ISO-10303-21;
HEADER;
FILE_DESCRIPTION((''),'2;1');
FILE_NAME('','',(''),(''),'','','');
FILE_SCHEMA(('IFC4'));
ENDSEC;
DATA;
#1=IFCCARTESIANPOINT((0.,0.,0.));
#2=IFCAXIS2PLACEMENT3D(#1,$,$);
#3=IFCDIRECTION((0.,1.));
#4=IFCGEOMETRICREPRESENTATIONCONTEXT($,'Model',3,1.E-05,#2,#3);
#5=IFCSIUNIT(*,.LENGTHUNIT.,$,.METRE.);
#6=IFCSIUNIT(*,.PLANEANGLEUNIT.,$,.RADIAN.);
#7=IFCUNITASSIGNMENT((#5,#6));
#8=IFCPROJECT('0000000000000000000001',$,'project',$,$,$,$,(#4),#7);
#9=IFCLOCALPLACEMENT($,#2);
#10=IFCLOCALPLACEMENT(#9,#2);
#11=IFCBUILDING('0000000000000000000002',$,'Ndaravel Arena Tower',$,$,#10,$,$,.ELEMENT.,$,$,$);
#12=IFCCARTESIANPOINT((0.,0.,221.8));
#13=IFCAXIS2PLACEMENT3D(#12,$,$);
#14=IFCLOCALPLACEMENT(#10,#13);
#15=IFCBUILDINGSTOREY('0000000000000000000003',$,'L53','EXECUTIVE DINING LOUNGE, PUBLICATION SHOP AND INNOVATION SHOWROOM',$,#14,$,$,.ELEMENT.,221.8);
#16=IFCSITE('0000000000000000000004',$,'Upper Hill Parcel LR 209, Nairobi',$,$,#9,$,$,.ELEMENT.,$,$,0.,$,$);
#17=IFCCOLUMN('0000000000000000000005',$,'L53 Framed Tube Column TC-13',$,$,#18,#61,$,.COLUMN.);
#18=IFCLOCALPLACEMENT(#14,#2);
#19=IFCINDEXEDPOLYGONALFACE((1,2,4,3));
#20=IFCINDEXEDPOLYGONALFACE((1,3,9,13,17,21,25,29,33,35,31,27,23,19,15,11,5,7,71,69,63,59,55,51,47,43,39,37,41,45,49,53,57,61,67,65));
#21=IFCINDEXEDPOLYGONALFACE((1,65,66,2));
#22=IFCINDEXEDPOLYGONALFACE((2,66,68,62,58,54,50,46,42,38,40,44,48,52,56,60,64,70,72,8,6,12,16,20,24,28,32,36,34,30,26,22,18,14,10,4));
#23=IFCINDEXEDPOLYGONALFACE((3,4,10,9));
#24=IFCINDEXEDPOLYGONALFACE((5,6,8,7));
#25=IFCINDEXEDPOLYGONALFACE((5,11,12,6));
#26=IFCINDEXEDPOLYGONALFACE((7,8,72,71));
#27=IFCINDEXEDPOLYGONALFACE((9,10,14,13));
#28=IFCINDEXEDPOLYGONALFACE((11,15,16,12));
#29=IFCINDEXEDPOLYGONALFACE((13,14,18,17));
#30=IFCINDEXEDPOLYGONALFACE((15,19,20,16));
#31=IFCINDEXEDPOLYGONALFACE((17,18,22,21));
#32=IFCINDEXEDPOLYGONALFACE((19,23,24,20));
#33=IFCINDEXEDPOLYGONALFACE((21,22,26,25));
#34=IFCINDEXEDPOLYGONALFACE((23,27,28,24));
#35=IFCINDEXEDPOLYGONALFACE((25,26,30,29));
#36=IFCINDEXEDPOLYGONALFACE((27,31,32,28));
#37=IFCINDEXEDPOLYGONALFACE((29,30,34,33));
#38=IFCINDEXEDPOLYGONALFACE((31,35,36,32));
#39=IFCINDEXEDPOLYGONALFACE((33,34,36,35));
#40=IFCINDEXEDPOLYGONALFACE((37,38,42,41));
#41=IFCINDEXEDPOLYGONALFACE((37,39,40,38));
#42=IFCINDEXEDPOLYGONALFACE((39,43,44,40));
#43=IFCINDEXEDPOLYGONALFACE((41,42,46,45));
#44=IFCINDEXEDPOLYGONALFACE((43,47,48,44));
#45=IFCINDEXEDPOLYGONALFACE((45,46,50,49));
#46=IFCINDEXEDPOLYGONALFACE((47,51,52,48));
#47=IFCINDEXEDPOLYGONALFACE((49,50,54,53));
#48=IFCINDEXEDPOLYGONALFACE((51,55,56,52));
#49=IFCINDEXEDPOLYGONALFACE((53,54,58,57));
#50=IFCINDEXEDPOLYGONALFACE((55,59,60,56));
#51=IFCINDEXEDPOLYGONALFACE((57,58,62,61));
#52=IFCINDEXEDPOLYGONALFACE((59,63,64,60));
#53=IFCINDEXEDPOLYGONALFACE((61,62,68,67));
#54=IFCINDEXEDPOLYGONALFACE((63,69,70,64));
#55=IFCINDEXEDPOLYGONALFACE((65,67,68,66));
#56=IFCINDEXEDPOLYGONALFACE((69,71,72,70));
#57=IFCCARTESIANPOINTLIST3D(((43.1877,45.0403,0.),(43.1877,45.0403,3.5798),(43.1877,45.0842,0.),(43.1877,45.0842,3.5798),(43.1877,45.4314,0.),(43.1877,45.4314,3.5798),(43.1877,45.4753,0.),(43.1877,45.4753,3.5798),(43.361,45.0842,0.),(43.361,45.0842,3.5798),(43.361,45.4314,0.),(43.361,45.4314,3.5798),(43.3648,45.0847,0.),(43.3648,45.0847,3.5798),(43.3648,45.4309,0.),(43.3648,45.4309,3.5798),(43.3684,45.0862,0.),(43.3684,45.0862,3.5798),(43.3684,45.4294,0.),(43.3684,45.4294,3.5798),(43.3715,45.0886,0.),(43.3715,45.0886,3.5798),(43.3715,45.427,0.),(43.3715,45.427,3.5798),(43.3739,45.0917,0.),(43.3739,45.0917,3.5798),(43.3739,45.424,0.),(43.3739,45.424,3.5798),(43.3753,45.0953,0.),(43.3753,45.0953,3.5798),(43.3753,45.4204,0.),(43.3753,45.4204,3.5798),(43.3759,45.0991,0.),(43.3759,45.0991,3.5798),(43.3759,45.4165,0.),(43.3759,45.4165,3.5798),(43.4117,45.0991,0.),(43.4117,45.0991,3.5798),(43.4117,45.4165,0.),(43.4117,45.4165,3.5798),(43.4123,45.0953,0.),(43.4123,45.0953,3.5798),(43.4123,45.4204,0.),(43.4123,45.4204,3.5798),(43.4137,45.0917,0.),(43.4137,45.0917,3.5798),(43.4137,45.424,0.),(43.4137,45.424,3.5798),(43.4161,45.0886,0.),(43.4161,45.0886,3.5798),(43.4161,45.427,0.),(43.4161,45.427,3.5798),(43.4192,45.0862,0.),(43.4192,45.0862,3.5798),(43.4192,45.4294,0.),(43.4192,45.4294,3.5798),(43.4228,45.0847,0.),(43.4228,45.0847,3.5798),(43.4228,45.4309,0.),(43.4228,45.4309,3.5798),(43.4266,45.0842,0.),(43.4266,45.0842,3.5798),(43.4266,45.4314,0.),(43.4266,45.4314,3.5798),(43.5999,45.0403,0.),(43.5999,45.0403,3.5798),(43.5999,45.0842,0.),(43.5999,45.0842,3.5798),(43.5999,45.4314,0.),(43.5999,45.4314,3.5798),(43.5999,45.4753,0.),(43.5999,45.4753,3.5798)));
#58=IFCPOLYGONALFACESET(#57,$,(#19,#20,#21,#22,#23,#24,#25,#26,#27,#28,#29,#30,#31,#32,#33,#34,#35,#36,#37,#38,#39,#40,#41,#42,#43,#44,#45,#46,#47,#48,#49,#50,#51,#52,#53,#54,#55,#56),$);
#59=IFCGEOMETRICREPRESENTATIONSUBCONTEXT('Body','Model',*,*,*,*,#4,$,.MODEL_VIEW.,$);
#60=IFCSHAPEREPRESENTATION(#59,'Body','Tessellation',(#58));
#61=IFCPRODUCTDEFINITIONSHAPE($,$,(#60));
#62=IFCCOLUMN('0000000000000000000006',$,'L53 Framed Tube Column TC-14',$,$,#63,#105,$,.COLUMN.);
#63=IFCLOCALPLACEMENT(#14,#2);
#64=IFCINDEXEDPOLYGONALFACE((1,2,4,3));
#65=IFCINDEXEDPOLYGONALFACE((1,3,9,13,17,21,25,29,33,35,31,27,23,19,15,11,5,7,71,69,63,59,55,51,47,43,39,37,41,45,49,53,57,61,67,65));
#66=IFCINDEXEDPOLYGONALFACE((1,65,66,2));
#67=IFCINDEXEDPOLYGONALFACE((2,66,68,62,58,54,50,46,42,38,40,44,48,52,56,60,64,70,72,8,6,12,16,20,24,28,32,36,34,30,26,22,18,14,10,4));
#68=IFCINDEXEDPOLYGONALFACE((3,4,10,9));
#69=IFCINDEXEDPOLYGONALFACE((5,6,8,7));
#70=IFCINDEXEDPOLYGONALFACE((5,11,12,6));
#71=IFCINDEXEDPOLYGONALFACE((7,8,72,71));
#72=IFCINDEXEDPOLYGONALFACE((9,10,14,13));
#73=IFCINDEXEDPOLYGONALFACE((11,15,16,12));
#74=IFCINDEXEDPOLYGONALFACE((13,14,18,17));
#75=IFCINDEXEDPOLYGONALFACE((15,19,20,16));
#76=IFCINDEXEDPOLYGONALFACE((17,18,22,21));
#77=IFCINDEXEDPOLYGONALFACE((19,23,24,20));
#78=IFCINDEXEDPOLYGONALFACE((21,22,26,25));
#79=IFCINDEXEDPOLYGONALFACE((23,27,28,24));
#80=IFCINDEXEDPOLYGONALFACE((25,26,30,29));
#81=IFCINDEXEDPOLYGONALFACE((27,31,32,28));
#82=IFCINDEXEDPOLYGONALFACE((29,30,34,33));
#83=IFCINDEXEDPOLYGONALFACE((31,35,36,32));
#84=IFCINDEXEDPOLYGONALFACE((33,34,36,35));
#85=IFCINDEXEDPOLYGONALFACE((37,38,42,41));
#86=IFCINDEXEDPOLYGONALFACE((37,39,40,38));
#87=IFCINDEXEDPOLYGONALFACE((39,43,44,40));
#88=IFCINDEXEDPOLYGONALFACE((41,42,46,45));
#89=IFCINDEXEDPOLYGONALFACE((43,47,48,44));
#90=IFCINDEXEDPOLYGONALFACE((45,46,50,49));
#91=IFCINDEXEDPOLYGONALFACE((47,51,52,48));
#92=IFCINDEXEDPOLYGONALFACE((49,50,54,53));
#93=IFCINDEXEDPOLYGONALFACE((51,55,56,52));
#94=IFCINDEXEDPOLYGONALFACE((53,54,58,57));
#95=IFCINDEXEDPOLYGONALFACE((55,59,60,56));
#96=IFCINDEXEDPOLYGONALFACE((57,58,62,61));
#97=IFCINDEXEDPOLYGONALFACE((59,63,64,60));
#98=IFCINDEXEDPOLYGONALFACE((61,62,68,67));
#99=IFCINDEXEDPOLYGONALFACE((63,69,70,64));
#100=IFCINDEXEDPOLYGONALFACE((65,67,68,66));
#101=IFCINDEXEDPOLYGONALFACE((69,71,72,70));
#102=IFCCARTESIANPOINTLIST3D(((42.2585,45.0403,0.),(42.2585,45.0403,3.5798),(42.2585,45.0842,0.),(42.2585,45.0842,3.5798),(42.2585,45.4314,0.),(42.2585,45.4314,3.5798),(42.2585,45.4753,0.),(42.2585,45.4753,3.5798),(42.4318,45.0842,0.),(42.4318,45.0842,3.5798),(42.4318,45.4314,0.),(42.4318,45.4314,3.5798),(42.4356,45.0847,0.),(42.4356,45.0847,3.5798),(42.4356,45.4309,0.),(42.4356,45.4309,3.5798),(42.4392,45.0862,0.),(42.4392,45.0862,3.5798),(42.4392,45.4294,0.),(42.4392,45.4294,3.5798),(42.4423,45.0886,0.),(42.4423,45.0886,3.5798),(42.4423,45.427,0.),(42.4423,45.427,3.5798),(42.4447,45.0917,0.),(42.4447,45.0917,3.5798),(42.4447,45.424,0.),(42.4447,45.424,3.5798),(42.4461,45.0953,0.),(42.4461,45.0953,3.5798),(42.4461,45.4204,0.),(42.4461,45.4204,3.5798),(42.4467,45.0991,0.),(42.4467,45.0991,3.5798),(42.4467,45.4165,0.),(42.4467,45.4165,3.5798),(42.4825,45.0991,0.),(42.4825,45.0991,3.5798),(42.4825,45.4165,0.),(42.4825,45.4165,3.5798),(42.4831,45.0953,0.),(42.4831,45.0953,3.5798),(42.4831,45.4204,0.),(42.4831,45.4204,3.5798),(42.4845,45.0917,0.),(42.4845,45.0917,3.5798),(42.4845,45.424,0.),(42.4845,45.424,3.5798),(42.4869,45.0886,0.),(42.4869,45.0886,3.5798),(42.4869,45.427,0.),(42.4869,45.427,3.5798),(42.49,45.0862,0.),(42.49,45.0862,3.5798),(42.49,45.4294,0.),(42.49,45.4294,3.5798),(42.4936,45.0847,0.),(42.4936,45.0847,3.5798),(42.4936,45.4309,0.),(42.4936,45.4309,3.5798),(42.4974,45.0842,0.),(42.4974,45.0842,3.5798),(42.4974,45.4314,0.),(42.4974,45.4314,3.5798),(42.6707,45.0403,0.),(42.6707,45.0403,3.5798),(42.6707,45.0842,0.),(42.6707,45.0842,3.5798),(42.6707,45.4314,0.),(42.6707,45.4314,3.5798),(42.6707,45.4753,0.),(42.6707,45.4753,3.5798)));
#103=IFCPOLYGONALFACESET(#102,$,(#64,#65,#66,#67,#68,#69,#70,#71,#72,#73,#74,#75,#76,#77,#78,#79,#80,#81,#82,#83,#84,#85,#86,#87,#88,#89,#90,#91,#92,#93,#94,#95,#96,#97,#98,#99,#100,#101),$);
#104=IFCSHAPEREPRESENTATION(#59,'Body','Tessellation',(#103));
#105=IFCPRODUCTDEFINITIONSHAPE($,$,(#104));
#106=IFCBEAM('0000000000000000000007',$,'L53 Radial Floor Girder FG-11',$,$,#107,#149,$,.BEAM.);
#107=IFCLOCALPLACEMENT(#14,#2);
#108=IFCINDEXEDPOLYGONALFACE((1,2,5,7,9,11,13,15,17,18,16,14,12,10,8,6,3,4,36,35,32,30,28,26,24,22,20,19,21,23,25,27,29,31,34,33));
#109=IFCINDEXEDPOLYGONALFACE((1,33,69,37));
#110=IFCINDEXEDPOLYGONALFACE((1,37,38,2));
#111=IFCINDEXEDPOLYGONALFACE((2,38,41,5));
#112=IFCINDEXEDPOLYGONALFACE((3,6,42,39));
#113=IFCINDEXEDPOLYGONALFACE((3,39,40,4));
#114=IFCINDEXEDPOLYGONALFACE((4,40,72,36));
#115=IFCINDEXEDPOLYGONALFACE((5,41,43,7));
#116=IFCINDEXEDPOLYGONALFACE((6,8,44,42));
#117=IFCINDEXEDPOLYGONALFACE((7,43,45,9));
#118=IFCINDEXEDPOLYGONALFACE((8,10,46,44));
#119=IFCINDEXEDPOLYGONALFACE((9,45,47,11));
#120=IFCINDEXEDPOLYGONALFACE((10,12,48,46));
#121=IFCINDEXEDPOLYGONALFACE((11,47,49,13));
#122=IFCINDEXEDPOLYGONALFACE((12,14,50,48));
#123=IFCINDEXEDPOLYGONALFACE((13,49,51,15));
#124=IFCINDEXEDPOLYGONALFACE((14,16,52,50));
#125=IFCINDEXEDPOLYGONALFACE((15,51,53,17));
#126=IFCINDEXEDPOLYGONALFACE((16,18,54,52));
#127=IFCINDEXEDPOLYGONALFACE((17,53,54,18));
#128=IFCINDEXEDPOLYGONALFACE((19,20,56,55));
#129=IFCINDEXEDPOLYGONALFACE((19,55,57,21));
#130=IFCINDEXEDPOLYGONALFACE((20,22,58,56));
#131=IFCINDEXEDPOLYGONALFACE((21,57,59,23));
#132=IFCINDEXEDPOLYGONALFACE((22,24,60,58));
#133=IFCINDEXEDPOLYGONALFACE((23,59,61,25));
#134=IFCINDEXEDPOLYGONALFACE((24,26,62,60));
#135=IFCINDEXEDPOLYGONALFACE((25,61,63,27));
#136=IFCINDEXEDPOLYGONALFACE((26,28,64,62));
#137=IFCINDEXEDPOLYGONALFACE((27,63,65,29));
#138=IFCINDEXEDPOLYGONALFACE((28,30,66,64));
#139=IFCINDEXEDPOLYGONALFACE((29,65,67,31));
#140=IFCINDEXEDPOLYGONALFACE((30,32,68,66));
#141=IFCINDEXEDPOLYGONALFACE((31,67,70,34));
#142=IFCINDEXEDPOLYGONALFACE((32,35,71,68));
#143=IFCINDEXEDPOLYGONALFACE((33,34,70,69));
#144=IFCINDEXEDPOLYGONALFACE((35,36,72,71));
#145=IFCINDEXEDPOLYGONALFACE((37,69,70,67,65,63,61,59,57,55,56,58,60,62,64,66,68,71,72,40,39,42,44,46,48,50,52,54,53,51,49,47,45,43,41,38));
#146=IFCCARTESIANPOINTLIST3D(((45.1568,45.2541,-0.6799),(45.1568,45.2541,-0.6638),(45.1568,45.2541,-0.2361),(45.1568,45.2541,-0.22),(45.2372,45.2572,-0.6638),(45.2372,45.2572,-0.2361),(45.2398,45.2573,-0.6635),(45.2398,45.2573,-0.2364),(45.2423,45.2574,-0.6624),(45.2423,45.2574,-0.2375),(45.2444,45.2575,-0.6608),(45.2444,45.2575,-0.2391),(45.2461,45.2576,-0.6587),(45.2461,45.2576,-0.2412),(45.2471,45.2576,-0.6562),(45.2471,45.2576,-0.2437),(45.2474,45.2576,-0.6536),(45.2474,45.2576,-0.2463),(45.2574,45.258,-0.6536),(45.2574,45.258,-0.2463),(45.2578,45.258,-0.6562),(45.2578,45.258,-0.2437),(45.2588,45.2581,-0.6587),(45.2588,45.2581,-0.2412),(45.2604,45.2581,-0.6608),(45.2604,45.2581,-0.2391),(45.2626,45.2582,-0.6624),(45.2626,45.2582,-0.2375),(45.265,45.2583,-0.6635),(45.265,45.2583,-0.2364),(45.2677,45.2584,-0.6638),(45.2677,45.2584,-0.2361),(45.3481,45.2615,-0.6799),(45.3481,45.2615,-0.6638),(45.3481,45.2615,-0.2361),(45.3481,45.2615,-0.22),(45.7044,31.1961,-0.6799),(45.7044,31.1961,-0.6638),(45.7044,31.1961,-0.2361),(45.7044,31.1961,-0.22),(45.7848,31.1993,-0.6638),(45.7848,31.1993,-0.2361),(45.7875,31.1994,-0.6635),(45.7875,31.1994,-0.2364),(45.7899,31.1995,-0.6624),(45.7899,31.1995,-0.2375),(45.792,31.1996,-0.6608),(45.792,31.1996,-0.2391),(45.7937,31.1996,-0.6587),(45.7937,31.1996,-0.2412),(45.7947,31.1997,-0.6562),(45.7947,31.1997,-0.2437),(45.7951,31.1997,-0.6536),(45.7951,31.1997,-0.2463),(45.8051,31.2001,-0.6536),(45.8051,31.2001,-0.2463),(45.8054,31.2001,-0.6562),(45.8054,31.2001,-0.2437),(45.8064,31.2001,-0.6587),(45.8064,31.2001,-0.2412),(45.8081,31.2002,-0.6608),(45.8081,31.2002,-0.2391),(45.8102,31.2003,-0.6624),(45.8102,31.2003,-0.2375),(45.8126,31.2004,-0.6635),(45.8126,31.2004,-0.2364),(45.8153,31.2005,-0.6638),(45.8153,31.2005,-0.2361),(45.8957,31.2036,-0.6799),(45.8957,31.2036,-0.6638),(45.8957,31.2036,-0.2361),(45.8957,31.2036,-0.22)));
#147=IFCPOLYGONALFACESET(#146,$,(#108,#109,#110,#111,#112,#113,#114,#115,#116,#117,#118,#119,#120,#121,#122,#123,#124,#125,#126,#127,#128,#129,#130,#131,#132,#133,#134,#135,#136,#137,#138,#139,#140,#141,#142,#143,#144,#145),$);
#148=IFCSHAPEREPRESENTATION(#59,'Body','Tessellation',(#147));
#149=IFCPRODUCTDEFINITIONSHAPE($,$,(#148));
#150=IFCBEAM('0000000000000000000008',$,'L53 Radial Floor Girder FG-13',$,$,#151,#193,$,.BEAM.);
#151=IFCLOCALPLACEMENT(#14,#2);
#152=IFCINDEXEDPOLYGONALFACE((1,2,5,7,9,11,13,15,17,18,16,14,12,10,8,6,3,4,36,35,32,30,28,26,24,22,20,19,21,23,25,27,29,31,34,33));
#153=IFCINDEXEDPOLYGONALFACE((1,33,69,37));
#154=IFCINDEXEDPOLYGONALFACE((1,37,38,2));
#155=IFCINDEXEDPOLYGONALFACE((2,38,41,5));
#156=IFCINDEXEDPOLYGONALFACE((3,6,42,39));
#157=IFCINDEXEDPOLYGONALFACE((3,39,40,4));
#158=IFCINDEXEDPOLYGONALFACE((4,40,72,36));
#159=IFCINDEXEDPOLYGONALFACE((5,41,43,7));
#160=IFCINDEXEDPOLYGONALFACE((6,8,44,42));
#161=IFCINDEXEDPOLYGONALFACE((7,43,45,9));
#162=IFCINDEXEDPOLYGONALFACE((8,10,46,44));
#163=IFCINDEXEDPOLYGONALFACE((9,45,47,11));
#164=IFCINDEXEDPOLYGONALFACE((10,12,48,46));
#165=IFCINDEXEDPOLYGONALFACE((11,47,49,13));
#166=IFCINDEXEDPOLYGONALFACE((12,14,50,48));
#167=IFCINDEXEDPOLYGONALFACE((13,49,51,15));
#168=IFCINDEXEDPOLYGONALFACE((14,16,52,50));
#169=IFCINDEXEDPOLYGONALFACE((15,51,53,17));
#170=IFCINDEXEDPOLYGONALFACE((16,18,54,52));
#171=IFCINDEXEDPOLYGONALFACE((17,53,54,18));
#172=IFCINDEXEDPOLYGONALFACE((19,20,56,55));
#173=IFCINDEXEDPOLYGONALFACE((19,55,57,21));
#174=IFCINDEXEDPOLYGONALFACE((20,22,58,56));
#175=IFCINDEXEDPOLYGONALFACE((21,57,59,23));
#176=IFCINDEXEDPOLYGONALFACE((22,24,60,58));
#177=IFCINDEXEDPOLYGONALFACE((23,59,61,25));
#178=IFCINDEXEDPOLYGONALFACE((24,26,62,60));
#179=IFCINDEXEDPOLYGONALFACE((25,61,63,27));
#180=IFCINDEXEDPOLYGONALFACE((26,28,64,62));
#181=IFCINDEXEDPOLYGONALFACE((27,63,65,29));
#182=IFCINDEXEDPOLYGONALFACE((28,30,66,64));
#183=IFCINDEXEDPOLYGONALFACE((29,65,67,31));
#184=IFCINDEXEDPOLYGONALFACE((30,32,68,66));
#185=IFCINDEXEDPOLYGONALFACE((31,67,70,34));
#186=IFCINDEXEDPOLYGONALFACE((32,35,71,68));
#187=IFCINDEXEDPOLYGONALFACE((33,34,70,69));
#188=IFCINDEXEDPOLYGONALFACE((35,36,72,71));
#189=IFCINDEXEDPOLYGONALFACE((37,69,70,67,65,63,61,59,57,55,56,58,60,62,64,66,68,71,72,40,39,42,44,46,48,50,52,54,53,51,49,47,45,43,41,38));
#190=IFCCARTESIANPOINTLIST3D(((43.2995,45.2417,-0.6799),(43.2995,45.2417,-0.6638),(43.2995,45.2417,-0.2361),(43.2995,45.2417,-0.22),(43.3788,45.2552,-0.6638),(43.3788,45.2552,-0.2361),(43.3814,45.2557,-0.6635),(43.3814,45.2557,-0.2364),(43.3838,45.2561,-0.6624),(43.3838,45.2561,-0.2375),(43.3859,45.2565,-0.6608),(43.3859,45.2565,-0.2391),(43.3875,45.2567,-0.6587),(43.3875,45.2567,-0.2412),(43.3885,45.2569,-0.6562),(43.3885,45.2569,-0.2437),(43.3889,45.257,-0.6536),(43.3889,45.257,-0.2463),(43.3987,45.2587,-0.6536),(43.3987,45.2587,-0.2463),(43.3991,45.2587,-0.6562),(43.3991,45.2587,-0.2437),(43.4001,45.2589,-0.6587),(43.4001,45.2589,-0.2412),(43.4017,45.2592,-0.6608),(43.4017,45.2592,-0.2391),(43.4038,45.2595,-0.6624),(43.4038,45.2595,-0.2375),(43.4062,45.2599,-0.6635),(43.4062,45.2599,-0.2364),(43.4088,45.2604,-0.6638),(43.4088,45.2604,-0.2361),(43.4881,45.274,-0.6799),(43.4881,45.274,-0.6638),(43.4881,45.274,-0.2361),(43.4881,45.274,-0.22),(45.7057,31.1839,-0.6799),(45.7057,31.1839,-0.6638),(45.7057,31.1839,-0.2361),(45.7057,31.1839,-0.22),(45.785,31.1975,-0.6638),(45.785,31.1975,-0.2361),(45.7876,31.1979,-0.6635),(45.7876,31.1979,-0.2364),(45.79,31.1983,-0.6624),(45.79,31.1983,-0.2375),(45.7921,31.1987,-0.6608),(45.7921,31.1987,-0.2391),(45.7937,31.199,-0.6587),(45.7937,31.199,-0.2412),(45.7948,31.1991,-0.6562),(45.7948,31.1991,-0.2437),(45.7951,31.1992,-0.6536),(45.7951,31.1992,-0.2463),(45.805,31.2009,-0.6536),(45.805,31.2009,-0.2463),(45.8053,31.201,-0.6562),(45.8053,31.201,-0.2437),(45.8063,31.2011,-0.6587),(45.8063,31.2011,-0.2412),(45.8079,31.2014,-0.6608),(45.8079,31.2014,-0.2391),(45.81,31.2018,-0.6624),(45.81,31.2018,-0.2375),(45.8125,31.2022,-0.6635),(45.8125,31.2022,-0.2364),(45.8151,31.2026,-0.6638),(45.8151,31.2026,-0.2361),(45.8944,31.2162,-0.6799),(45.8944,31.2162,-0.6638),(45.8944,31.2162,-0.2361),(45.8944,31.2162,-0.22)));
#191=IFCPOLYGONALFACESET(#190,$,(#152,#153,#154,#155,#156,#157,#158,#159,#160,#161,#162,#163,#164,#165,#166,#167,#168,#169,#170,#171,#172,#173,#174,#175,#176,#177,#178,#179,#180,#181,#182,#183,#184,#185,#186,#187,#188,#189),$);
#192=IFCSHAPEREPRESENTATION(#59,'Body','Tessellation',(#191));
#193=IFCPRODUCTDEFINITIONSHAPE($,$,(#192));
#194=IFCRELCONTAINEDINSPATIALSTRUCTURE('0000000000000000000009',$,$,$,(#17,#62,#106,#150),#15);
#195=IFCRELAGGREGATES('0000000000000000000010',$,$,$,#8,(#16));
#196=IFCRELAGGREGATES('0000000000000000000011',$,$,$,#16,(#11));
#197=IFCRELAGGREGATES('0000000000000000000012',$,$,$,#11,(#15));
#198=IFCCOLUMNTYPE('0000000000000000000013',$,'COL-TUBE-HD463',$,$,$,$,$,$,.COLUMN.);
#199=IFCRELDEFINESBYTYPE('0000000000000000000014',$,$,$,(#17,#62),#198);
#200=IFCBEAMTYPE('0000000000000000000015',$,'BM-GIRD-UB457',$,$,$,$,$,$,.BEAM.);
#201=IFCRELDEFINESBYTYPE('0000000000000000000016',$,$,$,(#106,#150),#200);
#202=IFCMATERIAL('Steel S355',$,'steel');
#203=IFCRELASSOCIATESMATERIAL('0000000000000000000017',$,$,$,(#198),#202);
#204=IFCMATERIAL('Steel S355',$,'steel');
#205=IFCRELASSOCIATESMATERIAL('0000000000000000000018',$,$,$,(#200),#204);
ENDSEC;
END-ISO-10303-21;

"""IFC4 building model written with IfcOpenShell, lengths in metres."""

from ifc_helpers import new_model, si_unit, direction, frame, origin, origin_2d, place, context, subcontext, project, spatial, i_section, extrude, material, material_profile, profile_set, type_object, element, save


model = new_model("IFC4")

# Units and contexts
model_context = context("Model", 3, precision=1e-05, world=origin(), true_north=direction((0.0, 1.0)))
body_context = subcontext(model_context, "Body", "Model", "MODEL_VIEW")
ifc_project = project(units=[si_unit("LENGTHUNIT", "METRE"), si_unit("PLANEANGLEUNIT", "RADIAN")], contexts=[model_context])

# Site, building, storey
site_placement = place(None, origin())
site = spatial("IfcSite", under=ifc_project, at=site_placement, Name="Upper Hill Parcel LR 209, Nairobi", CompositionType="ELEMENT", RefElevation=0.0)
building_placement = place(site_placement, origin())
building = spatial("IfcBuilding", under=site, at=building_placement, Name="Ndaravel Arena Tower", CompositionType="ELEMENT")
storey_placement = place(building_placement, frame((0.0, 0.0, 221.8)))
storey = spatial("IfcBuildingStorey", under=building, at=storey_placement, Name="L53", Description="EXECUTIVE DINING LOUNGE, PUBLICATION SHOP AND INNOVATION SHOWROOM", CompositionType="ELEMENT", Elevation=221.8)

# Columns
ifc_material_1 = material(Name="Steel S355", Category="steel")
ifc_material_profile_1 = material_profile(ifc_material_1, i_section(OverallWidth=0.4121, OverallDepth=0.4351, WebThickness=0.0359, FlangeThickness=0.0439, FilletRadius=0.0149, at=origin_2d()), Name="HD 400x463")
ifc_profile_set_1 = profile_set([ifc_material_profile_1], Name="Steel S355")
column_type_1 = type_object("IfcColumnType", Name="COL-TUBE-HD463", PredefinedType="COLUMN", material=ifc_profile_set_1)
for number, where, z_axis, x_axis, name in (
    (1, (43.3938, 45.2578, 0.0), (0.0, 0.0, 1.0), (1.0, 0.0, 0.0), "L53 Framed Tube Column TC-13"),
    (2, (42.4646, 45.2578, 0.0), (0.0, 0.0, 1.0), (1.0, 0.0, 0.0), "L53 Framed Tube Column TC-14"),
):
    element("IfcColumn", number, at=place(storey_placement, frame(where, z_axis=z_axis, x_axis=x_axis)), inside=storey, type_object=column_type_1, Name=name, PredefinedType="COLUMN", context=body_context, shape_type="SweptSolid", body=[
        extrude(i_section(OverallWidth=0.4121, OverallDepth=0.4351, WebThickness=0.0359, FlangeThickness=0.0439, FilletRadius=0.0149, at=origin_2d()), origin(), (0.0, 0.0, 1.0), 3.5798),
    ])

# Beams
ifc_material_2 = material(Name="Steel S355", Category="steel")
ifc_material_profile_2 = material_profile(ifc_material_2, i_section(OverallWidth=0.1914, OverallDepth=0.46, WebThickness=0.01, FlangeThickness=0.0161, FilletRadius=0.0103, at=origin_2d()), Name="UB 457x191x82")
ifc_profile_set_2 = profile_set([ifc_material_profile_2], Name="Steel S355")
beam_type_1 = type_object("IfcBeamType", Name="BM-GIRD-UB457", PredefinedType="BEAM", material=ifc_profile_set_2)
beam_1_placement = place(storey_placement, frame((45.2524, 45.2578, -0.45), z_axis=(0.038924, -0.999242, 0.0), x_axis=(0.999242, 0.038924, 0.0)))
element("IfcBeam", 3, at=beam_1_placement, inside=storey, type_object=beam_type_1, Name="L53 Radial Floor Girder FG-11", PredefinedType="BEAM", context=body_context, shape_type="SweptSolid", body=[
    extrude(i_section(OverallWidth=0.1914, OverallDepth=0.46, WebThickness=0.01, FlangeThickness=0.0161, FilletRadius=0.0103, at=origin_2d()), origin(), (0.0, 0.0, 1.0), 14.0686),
])
beam_2_placement = place(storey_placement, frame((43.3938, 45.2578, -0.45), z_axis=(0.168714, -0.985665, 0.0), x_axis=(0.985665, 0.168714, 0.0)))
element("IfcBeam", 4, at=beam_2_placement, inside=storey, type_object=beam_type_1, Name="L53 Radial Floor Girder FG-13", PredefinedType="BEAM", context=body_context, shape_type="SweptSolid", body=[
    extrude(i_section(OverallWidth=0.1914, OverallDepth=0.46, WebThickness=0.01, FlangeThickness=0.0161, FilletRadius=0.0103, at=origin_2d()), origin(), (0.0, 0.0, 1.0), 14.2622),
])

save(model, "model.ifc")
